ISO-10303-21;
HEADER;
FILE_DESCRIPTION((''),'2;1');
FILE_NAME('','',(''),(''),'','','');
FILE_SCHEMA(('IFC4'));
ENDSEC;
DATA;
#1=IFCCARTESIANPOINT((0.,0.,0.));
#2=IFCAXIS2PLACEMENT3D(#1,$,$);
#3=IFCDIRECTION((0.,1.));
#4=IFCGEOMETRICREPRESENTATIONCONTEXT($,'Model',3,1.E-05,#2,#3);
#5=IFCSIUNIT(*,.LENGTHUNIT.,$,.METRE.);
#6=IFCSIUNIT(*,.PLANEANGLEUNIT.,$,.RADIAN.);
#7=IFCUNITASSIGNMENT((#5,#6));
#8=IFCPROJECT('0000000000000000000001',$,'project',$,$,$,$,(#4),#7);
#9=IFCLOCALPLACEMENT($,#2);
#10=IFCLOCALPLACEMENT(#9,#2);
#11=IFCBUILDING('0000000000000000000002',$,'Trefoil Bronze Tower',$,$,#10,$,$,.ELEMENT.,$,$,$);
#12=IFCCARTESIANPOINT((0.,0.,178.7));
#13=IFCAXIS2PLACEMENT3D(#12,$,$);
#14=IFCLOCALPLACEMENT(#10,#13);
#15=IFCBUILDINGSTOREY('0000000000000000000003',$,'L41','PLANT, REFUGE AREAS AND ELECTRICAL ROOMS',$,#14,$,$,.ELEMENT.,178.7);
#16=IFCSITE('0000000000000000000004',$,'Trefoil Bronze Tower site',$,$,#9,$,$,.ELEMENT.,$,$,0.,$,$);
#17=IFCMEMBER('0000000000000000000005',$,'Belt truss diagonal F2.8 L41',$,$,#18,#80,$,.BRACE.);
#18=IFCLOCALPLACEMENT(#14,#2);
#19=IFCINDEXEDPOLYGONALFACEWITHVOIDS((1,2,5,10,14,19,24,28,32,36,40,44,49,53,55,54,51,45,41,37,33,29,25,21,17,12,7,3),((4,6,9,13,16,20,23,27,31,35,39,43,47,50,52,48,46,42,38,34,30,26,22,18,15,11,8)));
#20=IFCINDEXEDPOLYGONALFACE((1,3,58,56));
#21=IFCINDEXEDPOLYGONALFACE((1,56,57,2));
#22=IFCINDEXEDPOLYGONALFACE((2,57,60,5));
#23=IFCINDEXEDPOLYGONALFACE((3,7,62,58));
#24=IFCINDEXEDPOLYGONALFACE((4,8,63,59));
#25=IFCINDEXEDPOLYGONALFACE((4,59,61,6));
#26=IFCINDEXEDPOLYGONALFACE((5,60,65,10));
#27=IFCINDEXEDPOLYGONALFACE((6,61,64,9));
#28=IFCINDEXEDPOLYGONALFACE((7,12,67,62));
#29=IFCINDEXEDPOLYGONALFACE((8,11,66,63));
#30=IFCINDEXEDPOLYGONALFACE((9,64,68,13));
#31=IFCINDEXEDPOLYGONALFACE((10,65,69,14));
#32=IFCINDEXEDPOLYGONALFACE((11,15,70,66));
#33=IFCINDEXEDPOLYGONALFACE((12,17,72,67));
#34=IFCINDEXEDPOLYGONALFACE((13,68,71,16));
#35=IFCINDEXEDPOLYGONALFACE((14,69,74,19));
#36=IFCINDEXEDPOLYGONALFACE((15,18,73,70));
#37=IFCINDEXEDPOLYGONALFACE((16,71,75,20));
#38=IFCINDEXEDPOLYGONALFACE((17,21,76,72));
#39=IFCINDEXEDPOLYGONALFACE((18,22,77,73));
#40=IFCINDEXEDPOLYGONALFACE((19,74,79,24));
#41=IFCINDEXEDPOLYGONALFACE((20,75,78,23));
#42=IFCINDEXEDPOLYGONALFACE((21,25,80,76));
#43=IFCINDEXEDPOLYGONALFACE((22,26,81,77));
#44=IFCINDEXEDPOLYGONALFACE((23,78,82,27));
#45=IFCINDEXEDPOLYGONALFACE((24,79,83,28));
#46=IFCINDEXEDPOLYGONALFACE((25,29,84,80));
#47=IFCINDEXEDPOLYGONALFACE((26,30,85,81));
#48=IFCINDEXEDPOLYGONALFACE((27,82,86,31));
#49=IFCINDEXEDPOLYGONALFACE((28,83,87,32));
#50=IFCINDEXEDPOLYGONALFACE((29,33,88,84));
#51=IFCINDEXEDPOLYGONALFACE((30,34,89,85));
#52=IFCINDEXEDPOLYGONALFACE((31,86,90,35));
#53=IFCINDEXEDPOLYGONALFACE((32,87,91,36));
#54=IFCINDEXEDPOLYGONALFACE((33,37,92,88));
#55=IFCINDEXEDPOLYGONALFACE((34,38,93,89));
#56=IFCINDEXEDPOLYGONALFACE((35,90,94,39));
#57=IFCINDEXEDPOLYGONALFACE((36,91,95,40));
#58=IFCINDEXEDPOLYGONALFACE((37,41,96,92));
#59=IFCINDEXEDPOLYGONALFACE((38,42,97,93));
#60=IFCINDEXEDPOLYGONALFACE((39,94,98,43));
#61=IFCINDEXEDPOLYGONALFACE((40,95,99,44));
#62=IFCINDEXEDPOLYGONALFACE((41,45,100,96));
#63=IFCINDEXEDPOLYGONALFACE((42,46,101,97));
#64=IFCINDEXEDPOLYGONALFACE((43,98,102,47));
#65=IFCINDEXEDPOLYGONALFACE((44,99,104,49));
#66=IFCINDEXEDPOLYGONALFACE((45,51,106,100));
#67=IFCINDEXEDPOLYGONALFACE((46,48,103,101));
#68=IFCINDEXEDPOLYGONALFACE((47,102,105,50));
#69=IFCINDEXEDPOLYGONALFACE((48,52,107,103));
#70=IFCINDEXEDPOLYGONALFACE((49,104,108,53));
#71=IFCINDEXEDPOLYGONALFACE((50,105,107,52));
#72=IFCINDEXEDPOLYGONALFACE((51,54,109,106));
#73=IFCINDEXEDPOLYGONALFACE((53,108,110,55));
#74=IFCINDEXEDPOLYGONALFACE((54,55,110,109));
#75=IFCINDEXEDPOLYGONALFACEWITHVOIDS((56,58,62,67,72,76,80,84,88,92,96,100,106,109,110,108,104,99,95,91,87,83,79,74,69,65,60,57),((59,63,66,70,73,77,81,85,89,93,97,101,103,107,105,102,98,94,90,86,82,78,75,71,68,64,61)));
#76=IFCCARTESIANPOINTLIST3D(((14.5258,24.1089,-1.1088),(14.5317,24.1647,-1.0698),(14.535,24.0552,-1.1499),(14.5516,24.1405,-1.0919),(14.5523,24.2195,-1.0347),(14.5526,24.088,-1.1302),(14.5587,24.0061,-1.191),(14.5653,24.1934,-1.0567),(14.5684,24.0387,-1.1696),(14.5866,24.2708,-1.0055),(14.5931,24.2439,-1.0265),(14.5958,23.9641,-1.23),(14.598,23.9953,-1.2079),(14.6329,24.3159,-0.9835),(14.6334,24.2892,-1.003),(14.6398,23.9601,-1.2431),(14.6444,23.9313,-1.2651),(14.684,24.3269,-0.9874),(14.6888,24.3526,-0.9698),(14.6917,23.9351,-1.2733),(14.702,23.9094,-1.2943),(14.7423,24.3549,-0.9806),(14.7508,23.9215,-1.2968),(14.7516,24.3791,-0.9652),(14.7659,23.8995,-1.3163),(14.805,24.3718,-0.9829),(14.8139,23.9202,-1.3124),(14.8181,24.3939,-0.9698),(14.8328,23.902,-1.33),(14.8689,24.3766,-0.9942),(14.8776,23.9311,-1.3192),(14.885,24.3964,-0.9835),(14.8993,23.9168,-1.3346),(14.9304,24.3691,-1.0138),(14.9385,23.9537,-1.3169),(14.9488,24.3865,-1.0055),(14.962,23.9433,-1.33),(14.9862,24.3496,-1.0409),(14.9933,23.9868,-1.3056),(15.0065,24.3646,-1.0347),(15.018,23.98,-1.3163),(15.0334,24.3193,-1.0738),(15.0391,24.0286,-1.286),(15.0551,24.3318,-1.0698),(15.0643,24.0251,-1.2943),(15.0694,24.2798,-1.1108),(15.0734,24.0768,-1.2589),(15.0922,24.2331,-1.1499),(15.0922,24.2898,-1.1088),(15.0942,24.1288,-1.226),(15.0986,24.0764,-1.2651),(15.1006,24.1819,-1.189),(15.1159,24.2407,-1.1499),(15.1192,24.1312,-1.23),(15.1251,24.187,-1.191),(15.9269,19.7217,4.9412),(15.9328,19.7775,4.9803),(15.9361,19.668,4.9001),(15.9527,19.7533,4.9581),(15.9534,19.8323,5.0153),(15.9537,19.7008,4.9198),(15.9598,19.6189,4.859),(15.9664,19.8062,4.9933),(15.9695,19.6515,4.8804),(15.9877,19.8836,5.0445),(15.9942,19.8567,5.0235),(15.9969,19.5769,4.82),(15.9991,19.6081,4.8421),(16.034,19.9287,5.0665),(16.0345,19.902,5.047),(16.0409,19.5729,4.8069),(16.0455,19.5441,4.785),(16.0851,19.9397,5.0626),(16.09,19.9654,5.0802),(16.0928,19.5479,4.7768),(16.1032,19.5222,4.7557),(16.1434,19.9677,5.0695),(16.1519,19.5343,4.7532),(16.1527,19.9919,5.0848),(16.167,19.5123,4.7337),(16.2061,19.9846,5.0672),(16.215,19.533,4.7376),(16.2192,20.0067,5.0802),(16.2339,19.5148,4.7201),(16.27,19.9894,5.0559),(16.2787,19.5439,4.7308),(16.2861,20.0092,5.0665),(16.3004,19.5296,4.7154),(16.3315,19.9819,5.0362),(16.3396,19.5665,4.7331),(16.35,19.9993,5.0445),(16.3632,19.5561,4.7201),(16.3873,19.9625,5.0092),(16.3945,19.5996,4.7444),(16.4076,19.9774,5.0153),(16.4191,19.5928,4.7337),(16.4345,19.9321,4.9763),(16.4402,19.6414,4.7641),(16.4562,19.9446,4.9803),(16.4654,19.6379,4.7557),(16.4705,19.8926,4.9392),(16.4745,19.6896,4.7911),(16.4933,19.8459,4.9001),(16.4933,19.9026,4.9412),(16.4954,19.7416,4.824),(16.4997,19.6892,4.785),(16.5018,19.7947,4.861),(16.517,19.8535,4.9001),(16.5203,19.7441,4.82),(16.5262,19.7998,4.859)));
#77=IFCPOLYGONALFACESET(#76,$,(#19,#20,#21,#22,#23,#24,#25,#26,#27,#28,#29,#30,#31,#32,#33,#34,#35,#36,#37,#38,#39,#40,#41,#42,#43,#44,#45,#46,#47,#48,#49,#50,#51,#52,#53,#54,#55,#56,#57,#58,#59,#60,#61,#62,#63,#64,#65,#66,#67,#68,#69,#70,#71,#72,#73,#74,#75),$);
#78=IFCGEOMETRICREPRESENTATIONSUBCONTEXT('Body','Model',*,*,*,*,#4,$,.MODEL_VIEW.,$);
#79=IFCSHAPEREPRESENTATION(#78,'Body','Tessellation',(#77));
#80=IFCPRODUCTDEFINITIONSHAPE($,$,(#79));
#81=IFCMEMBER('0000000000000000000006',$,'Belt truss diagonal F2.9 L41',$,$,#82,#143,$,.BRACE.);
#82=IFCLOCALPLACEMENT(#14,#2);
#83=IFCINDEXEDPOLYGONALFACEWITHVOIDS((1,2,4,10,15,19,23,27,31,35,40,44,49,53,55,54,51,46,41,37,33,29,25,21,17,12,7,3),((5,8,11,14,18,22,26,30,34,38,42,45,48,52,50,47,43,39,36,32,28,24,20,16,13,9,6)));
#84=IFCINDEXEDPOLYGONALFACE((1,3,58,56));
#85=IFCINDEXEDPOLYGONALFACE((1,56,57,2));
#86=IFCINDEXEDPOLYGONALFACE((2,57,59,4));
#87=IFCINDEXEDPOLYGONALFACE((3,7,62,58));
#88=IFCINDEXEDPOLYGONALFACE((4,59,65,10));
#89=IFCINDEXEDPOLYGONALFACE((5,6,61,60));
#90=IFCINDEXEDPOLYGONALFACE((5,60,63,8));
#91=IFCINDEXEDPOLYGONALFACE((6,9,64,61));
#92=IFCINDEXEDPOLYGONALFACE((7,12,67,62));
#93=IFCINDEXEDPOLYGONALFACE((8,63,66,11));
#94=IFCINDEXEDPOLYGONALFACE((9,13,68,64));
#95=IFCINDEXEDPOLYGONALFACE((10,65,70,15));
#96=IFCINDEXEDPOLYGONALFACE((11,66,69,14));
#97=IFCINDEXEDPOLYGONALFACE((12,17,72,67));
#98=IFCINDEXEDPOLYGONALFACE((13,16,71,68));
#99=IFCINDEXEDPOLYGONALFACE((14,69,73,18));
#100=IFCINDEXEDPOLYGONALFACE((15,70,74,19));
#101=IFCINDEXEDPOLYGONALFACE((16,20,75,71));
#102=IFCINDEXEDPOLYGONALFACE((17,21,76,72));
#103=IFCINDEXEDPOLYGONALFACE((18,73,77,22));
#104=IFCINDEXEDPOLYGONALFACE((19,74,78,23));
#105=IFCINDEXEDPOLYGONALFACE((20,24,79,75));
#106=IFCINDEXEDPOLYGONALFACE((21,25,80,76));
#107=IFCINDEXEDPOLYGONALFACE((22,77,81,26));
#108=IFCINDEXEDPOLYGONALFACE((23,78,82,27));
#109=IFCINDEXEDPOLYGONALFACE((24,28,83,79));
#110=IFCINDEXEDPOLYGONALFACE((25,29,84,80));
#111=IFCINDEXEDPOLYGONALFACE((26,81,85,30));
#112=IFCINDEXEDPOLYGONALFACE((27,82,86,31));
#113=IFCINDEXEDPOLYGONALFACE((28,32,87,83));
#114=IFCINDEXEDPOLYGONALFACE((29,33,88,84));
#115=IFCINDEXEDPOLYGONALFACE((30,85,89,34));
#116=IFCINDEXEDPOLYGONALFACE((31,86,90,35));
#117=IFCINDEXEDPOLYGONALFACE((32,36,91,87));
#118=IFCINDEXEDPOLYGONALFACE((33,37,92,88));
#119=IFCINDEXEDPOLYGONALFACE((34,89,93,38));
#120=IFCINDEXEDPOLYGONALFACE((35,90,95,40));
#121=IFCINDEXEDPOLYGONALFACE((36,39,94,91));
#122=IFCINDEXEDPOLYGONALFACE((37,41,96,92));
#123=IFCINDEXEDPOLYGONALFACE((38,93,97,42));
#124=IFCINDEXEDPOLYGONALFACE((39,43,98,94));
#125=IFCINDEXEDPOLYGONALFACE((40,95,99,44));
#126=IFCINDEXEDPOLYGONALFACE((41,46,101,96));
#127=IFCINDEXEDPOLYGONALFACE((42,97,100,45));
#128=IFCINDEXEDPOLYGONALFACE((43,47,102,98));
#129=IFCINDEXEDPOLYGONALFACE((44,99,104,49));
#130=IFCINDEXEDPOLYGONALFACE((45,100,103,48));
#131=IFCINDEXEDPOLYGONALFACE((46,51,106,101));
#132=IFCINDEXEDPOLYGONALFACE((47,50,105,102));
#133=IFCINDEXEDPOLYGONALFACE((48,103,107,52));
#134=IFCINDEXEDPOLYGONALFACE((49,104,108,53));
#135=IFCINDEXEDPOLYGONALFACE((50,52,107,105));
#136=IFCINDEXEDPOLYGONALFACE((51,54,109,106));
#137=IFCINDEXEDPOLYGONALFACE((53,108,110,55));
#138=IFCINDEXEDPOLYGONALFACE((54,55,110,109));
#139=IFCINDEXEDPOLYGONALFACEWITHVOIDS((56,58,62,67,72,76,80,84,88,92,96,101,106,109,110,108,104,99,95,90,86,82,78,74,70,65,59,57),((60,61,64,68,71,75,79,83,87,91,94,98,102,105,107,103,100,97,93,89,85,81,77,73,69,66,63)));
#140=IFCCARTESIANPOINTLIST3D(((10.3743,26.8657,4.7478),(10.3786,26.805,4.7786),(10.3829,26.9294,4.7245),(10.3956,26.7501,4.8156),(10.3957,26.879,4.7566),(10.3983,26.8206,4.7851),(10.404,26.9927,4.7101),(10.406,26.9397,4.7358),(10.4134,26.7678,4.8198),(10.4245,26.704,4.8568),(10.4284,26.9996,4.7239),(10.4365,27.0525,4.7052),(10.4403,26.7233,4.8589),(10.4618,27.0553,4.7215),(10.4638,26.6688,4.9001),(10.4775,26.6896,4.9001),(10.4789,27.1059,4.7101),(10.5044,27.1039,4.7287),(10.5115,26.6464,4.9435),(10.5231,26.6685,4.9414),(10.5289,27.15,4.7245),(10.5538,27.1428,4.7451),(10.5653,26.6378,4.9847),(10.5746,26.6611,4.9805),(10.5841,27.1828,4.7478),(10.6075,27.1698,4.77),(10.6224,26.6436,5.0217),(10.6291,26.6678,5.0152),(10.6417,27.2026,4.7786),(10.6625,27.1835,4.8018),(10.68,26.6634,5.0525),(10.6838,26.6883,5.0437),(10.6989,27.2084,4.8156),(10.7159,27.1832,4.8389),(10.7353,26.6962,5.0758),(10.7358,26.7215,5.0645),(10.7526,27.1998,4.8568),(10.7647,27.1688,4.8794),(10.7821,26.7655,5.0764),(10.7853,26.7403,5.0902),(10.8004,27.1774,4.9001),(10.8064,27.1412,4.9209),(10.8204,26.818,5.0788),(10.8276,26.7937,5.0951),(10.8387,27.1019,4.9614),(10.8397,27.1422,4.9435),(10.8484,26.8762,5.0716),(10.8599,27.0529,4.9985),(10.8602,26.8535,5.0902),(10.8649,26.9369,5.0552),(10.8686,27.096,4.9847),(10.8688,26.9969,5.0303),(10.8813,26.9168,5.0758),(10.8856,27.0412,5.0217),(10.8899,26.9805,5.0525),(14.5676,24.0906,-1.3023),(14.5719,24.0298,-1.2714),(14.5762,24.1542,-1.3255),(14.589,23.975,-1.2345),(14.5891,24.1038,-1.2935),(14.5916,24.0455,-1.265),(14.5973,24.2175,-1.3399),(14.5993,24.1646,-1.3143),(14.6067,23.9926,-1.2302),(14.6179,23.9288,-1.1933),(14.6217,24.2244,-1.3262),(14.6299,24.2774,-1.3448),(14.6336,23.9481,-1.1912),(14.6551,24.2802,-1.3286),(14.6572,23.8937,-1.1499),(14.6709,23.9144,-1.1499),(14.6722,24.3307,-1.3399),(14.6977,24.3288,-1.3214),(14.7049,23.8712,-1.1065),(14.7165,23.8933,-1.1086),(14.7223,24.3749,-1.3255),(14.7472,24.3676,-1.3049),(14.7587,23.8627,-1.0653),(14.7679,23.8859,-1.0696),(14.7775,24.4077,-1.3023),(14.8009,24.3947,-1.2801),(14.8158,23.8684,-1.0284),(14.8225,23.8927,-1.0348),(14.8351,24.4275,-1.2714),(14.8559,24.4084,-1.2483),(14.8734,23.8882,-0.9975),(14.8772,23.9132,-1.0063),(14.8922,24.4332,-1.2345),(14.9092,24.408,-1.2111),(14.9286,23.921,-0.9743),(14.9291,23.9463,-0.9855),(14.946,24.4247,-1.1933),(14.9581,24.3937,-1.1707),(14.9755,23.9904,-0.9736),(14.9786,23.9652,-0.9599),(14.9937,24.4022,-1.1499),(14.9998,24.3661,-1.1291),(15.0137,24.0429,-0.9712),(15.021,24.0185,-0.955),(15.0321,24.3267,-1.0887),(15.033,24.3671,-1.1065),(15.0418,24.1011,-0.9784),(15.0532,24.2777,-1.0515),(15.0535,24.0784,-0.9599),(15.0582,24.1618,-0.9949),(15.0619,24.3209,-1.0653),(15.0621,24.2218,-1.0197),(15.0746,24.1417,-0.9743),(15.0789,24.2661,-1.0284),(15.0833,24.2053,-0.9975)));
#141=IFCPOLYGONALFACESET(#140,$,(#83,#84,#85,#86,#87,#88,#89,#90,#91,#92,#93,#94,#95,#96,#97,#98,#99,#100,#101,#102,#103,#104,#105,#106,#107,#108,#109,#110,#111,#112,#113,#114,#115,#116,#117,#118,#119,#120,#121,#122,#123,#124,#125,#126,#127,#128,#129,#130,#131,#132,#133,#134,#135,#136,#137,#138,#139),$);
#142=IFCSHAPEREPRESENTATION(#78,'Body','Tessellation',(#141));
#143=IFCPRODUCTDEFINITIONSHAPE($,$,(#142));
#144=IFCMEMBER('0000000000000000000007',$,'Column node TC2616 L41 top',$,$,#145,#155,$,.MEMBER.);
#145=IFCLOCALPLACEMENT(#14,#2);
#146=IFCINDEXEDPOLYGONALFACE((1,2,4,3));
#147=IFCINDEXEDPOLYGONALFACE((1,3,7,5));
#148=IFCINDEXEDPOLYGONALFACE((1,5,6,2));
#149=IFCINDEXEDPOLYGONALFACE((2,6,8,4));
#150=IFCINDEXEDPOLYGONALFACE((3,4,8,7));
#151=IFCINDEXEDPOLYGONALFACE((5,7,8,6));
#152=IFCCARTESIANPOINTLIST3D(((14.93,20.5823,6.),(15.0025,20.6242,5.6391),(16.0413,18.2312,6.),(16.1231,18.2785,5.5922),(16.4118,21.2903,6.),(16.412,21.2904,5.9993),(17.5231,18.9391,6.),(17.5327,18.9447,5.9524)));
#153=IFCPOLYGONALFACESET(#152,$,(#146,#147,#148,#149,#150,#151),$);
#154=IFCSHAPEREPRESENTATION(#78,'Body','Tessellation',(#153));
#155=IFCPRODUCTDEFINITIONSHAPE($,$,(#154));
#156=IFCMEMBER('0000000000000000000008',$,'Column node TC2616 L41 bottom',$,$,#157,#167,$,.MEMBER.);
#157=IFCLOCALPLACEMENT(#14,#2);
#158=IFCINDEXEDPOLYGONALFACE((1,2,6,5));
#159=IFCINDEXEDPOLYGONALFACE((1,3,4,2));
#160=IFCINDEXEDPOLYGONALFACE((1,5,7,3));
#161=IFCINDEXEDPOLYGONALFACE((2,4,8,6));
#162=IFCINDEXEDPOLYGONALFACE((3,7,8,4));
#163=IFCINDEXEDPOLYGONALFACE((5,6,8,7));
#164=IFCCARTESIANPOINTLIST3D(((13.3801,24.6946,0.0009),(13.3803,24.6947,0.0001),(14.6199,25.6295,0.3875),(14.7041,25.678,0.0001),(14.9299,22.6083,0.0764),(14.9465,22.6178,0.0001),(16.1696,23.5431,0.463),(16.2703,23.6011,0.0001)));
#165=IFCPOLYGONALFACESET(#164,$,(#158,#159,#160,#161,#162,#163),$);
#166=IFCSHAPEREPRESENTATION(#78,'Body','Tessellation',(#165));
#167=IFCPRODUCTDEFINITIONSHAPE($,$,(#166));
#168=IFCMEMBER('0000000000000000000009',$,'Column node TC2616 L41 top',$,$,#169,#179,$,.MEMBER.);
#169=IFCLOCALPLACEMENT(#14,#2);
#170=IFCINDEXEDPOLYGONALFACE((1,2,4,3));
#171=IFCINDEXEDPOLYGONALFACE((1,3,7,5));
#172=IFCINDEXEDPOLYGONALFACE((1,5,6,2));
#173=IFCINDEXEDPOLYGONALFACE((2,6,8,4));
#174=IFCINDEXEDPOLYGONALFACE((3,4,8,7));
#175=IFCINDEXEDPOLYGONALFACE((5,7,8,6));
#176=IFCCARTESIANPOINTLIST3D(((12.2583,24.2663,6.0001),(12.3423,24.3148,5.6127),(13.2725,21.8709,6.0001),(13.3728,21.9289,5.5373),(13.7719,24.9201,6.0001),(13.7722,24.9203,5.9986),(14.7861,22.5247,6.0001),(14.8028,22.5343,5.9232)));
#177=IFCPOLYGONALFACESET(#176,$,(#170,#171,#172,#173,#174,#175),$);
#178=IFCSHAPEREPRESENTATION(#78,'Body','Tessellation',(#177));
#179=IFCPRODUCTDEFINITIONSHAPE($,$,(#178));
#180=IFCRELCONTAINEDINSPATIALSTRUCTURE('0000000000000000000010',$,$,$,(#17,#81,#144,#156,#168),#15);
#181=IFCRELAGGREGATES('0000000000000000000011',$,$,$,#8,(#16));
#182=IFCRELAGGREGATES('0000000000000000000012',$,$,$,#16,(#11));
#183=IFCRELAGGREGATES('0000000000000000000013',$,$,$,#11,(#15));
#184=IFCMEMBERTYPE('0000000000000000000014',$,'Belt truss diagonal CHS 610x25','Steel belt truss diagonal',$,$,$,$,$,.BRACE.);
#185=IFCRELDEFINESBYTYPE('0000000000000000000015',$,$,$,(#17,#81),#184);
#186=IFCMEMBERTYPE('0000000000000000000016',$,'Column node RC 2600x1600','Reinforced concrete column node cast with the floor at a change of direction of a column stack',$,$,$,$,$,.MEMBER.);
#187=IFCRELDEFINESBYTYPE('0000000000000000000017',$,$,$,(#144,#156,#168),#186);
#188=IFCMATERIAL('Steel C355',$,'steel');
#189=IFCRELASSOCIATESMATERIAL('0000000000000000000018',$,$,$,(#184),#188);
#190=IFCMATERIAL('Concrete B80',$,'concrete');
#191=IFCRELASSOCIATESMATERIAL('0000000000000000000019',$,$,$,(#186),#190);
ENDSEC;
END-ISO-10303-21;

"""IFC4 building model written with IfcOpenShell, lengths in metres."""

from ifc_helpers import new_model, si_unit, direction, frame, origin, origin_2d, place, context, subcontext, project, spatial, rectangle, hollow_circle, extrude, clip, halfspace, material, material_profile, profile_set, type_object, element, save


model = new_model("IFC4")

# Units and contexts
model_context = context("Model", 3, precision=1e-05, world=origin(), true_north=direction((0.0, 1.0)))
body_context = subcontext(model_context, "Body", "Model", "MODEL_VIEW")
ifc_project = project(units=[si_unit("LENGTHUNIT", "METRE"), si_unit("PLANEANGLEUNIT", "RADIAN")], contexts=[model_context])

# Site, building, storey
site_placement = place(None, origin())
site = spatial("IfcSite", under=ifc_project, at=site_placement, Name="Trefoil Bronze Tower site", CompositionType="ELEMENT", RefElevation=0.0)
building_placement = place(site_placement, origin())
building = spatial("IfcBuilding", under=site, at=building_placement, Name="Trefoil Bronze Tower", CompositionType="ELEMENT")
storey_placement = place(building_placement, frame((0.0, 0.0, 178.7)))
storey = spatial("IfcBuildingStorey", under=building, at=storey_placement, Name="L41", Description="PLANT, REFUGE AREAS AND ELECTRICAL ROOMS", CompositionType="ELEMENT", Elevation=178.7)

# Members
ifc_material_1 = material(Name="Steel C355", Category="steel")
ifc_material_profile_1 = material_profile(ifc_material_1, hollow_circle(Radius=0.3049, WallThickness=0.0249, at=origin_2d()), Name="CHS 610x25")
ifc_profile_set_1 = profile_set([ifc_material_profile_1], Name="Steel C355")
member_type_1 = type_object("IfcMemberType", Name="Belt truss diagonal CHS 610x25", Description="Steel belt truss diagonal", PredefinedType="BRACE", material=ifc_profile_set_1)
member_1_placement = place(storey_placement, frame((14.8254, 24.1479, -1.1499), z_axis=(0.184272, -0.576995, 0.795688), x_axis=(0.952599, 0.304227, 0.0)))
element("IfcMember", 1, at=member_1_placement, inside=storey, type_object=member_type_1, Name="Belt truss diagonal F2.8 L41", PredefinedType="BRACE", context=body_context, shape_type="SweptSolid", body=[
    extrude(hollow_circle(Radius=0.3049, WallThickness=0.0249, at=origin_2d()), origin(), (0.0, 0.0, 1.0), 7.6035),
])
member_2_placement = place(storey_placement, frame((14.8254, 24.1479, -1.1499), z_axis=(-0.533035, 0.35276, 0.769047), x_axis=(-0.551885, -0.83392, 0.0)))
element("IfcMember", 2, at=member_2_placement, inside=storey, type_object=member_type_1, Name="Belt truss diagonal F2.9 L41", PredefinedType="BRACE", context=body_context, shape_type="SweptSolid", body=[
    extrude(hollow_circle(Radius=0.3049, WallThickness=0.0249, at=origin_2d()), origin(), (0.0, 0.0, 1.0), 7.8669),
])
ifc_material_2 = material(Name="Concrete B80", Category="concrete")
ifc_material_profile_2 = material_profile(ifc_material_2, rectangle(XDim=2.6001, YDim=1.6001, at=origin_2d()), Name="RC 2600x1600")
ifc_profile_set_2 = profile_set([ifc_material_profile_2], Name="Concrete B80")
member_type_2 = type_object("IfcMemberType", Name="Column node RC 2600x1600", Description="Reinforced concrete column node cast with the floor at a change of direction of a column stack", PredefinedType="MEMBER", material=ifc_profile_set_2)
member_3_placement = place(storey_placement, frame((16.1855, 19.7371, 6.2043), z_axis=(0.195534, 0.112897, -0.974177), x_axis=(0.431008, -0.902168, -0.018042)))
element("IfcMember", 3, at=member_3_placement, inside=storey, type_object=member_type_2, Name="Column node TC2616 L41 top", PredefinedType="MEMBER", context=body_context, shape_type="Clipping", body=[
    clip(extrude(rectangle(XDim=2.6001, YDim=1.6001, at=origin_2d()), origin(), (0.0, 0.0, 1.0), 0.4194), halfspace(frame((0.0, 0.0, 0.2097), z_axis=(0.018042, 0.225064, 0.974177), x_axis=(0.0, 0.974336, -0.225101)), True)),
])
member_4_placement = place(storey_placement, frame((14.8757, 24.177, -0.2319), z_axis=(-0.210835, -0.121498, 0.969942), x_axis=(-0.596052, 0.80242, -0.029049)))
element("IfcMember", 4, at=member_4_placement, inside=storey, type_object=member_type_2, Name="Column node TC2616 L41 bottom", PredefinedType="MEMBER", context=body_context, shape_type="Clipping", body=[
    clip(extrude(rectangle(XDim=2.6001, YDim=1.6001, at=origin_2d()), origin(), (0.0, 0.0, 1.0), 0.4783), halfspace(frame((0.0, 0.0, 0.2393), z_axis=(-0.029049, -0.241597, 0.969942), x_axis=(0.0, 0.970351, 0.241699)), True)),
])
member_5_placement = place(storey_placement, frame((13.4719, 23.3665, 6.2319), z_axis=(0.210347, 0.121511, -0.970046), x_axis=(0.396357, -0.917638, -0.028999)))
element("IfcMember", 5, at=member_5_placement, inside=storey, type_object=member_type_2, Name="Column node TC2616 L41 top", PredefinedType="MEMBER", context=body_context, shape_type="Clipping", body=[
    clip(extrude(rectangle(XDim=2.6001, YDim=1.6001, at=origin_2d()), origin(), (0.0, 0.0, 1.0), 0.4783), halfspace(frame((0.0, 0.0, 0.239), z_axis=(0.028999, 0.241184, 0.970046), x_axis=(0.0, 0.970454, -0.241286)), True)),
])

save(model, "model.ifc")
